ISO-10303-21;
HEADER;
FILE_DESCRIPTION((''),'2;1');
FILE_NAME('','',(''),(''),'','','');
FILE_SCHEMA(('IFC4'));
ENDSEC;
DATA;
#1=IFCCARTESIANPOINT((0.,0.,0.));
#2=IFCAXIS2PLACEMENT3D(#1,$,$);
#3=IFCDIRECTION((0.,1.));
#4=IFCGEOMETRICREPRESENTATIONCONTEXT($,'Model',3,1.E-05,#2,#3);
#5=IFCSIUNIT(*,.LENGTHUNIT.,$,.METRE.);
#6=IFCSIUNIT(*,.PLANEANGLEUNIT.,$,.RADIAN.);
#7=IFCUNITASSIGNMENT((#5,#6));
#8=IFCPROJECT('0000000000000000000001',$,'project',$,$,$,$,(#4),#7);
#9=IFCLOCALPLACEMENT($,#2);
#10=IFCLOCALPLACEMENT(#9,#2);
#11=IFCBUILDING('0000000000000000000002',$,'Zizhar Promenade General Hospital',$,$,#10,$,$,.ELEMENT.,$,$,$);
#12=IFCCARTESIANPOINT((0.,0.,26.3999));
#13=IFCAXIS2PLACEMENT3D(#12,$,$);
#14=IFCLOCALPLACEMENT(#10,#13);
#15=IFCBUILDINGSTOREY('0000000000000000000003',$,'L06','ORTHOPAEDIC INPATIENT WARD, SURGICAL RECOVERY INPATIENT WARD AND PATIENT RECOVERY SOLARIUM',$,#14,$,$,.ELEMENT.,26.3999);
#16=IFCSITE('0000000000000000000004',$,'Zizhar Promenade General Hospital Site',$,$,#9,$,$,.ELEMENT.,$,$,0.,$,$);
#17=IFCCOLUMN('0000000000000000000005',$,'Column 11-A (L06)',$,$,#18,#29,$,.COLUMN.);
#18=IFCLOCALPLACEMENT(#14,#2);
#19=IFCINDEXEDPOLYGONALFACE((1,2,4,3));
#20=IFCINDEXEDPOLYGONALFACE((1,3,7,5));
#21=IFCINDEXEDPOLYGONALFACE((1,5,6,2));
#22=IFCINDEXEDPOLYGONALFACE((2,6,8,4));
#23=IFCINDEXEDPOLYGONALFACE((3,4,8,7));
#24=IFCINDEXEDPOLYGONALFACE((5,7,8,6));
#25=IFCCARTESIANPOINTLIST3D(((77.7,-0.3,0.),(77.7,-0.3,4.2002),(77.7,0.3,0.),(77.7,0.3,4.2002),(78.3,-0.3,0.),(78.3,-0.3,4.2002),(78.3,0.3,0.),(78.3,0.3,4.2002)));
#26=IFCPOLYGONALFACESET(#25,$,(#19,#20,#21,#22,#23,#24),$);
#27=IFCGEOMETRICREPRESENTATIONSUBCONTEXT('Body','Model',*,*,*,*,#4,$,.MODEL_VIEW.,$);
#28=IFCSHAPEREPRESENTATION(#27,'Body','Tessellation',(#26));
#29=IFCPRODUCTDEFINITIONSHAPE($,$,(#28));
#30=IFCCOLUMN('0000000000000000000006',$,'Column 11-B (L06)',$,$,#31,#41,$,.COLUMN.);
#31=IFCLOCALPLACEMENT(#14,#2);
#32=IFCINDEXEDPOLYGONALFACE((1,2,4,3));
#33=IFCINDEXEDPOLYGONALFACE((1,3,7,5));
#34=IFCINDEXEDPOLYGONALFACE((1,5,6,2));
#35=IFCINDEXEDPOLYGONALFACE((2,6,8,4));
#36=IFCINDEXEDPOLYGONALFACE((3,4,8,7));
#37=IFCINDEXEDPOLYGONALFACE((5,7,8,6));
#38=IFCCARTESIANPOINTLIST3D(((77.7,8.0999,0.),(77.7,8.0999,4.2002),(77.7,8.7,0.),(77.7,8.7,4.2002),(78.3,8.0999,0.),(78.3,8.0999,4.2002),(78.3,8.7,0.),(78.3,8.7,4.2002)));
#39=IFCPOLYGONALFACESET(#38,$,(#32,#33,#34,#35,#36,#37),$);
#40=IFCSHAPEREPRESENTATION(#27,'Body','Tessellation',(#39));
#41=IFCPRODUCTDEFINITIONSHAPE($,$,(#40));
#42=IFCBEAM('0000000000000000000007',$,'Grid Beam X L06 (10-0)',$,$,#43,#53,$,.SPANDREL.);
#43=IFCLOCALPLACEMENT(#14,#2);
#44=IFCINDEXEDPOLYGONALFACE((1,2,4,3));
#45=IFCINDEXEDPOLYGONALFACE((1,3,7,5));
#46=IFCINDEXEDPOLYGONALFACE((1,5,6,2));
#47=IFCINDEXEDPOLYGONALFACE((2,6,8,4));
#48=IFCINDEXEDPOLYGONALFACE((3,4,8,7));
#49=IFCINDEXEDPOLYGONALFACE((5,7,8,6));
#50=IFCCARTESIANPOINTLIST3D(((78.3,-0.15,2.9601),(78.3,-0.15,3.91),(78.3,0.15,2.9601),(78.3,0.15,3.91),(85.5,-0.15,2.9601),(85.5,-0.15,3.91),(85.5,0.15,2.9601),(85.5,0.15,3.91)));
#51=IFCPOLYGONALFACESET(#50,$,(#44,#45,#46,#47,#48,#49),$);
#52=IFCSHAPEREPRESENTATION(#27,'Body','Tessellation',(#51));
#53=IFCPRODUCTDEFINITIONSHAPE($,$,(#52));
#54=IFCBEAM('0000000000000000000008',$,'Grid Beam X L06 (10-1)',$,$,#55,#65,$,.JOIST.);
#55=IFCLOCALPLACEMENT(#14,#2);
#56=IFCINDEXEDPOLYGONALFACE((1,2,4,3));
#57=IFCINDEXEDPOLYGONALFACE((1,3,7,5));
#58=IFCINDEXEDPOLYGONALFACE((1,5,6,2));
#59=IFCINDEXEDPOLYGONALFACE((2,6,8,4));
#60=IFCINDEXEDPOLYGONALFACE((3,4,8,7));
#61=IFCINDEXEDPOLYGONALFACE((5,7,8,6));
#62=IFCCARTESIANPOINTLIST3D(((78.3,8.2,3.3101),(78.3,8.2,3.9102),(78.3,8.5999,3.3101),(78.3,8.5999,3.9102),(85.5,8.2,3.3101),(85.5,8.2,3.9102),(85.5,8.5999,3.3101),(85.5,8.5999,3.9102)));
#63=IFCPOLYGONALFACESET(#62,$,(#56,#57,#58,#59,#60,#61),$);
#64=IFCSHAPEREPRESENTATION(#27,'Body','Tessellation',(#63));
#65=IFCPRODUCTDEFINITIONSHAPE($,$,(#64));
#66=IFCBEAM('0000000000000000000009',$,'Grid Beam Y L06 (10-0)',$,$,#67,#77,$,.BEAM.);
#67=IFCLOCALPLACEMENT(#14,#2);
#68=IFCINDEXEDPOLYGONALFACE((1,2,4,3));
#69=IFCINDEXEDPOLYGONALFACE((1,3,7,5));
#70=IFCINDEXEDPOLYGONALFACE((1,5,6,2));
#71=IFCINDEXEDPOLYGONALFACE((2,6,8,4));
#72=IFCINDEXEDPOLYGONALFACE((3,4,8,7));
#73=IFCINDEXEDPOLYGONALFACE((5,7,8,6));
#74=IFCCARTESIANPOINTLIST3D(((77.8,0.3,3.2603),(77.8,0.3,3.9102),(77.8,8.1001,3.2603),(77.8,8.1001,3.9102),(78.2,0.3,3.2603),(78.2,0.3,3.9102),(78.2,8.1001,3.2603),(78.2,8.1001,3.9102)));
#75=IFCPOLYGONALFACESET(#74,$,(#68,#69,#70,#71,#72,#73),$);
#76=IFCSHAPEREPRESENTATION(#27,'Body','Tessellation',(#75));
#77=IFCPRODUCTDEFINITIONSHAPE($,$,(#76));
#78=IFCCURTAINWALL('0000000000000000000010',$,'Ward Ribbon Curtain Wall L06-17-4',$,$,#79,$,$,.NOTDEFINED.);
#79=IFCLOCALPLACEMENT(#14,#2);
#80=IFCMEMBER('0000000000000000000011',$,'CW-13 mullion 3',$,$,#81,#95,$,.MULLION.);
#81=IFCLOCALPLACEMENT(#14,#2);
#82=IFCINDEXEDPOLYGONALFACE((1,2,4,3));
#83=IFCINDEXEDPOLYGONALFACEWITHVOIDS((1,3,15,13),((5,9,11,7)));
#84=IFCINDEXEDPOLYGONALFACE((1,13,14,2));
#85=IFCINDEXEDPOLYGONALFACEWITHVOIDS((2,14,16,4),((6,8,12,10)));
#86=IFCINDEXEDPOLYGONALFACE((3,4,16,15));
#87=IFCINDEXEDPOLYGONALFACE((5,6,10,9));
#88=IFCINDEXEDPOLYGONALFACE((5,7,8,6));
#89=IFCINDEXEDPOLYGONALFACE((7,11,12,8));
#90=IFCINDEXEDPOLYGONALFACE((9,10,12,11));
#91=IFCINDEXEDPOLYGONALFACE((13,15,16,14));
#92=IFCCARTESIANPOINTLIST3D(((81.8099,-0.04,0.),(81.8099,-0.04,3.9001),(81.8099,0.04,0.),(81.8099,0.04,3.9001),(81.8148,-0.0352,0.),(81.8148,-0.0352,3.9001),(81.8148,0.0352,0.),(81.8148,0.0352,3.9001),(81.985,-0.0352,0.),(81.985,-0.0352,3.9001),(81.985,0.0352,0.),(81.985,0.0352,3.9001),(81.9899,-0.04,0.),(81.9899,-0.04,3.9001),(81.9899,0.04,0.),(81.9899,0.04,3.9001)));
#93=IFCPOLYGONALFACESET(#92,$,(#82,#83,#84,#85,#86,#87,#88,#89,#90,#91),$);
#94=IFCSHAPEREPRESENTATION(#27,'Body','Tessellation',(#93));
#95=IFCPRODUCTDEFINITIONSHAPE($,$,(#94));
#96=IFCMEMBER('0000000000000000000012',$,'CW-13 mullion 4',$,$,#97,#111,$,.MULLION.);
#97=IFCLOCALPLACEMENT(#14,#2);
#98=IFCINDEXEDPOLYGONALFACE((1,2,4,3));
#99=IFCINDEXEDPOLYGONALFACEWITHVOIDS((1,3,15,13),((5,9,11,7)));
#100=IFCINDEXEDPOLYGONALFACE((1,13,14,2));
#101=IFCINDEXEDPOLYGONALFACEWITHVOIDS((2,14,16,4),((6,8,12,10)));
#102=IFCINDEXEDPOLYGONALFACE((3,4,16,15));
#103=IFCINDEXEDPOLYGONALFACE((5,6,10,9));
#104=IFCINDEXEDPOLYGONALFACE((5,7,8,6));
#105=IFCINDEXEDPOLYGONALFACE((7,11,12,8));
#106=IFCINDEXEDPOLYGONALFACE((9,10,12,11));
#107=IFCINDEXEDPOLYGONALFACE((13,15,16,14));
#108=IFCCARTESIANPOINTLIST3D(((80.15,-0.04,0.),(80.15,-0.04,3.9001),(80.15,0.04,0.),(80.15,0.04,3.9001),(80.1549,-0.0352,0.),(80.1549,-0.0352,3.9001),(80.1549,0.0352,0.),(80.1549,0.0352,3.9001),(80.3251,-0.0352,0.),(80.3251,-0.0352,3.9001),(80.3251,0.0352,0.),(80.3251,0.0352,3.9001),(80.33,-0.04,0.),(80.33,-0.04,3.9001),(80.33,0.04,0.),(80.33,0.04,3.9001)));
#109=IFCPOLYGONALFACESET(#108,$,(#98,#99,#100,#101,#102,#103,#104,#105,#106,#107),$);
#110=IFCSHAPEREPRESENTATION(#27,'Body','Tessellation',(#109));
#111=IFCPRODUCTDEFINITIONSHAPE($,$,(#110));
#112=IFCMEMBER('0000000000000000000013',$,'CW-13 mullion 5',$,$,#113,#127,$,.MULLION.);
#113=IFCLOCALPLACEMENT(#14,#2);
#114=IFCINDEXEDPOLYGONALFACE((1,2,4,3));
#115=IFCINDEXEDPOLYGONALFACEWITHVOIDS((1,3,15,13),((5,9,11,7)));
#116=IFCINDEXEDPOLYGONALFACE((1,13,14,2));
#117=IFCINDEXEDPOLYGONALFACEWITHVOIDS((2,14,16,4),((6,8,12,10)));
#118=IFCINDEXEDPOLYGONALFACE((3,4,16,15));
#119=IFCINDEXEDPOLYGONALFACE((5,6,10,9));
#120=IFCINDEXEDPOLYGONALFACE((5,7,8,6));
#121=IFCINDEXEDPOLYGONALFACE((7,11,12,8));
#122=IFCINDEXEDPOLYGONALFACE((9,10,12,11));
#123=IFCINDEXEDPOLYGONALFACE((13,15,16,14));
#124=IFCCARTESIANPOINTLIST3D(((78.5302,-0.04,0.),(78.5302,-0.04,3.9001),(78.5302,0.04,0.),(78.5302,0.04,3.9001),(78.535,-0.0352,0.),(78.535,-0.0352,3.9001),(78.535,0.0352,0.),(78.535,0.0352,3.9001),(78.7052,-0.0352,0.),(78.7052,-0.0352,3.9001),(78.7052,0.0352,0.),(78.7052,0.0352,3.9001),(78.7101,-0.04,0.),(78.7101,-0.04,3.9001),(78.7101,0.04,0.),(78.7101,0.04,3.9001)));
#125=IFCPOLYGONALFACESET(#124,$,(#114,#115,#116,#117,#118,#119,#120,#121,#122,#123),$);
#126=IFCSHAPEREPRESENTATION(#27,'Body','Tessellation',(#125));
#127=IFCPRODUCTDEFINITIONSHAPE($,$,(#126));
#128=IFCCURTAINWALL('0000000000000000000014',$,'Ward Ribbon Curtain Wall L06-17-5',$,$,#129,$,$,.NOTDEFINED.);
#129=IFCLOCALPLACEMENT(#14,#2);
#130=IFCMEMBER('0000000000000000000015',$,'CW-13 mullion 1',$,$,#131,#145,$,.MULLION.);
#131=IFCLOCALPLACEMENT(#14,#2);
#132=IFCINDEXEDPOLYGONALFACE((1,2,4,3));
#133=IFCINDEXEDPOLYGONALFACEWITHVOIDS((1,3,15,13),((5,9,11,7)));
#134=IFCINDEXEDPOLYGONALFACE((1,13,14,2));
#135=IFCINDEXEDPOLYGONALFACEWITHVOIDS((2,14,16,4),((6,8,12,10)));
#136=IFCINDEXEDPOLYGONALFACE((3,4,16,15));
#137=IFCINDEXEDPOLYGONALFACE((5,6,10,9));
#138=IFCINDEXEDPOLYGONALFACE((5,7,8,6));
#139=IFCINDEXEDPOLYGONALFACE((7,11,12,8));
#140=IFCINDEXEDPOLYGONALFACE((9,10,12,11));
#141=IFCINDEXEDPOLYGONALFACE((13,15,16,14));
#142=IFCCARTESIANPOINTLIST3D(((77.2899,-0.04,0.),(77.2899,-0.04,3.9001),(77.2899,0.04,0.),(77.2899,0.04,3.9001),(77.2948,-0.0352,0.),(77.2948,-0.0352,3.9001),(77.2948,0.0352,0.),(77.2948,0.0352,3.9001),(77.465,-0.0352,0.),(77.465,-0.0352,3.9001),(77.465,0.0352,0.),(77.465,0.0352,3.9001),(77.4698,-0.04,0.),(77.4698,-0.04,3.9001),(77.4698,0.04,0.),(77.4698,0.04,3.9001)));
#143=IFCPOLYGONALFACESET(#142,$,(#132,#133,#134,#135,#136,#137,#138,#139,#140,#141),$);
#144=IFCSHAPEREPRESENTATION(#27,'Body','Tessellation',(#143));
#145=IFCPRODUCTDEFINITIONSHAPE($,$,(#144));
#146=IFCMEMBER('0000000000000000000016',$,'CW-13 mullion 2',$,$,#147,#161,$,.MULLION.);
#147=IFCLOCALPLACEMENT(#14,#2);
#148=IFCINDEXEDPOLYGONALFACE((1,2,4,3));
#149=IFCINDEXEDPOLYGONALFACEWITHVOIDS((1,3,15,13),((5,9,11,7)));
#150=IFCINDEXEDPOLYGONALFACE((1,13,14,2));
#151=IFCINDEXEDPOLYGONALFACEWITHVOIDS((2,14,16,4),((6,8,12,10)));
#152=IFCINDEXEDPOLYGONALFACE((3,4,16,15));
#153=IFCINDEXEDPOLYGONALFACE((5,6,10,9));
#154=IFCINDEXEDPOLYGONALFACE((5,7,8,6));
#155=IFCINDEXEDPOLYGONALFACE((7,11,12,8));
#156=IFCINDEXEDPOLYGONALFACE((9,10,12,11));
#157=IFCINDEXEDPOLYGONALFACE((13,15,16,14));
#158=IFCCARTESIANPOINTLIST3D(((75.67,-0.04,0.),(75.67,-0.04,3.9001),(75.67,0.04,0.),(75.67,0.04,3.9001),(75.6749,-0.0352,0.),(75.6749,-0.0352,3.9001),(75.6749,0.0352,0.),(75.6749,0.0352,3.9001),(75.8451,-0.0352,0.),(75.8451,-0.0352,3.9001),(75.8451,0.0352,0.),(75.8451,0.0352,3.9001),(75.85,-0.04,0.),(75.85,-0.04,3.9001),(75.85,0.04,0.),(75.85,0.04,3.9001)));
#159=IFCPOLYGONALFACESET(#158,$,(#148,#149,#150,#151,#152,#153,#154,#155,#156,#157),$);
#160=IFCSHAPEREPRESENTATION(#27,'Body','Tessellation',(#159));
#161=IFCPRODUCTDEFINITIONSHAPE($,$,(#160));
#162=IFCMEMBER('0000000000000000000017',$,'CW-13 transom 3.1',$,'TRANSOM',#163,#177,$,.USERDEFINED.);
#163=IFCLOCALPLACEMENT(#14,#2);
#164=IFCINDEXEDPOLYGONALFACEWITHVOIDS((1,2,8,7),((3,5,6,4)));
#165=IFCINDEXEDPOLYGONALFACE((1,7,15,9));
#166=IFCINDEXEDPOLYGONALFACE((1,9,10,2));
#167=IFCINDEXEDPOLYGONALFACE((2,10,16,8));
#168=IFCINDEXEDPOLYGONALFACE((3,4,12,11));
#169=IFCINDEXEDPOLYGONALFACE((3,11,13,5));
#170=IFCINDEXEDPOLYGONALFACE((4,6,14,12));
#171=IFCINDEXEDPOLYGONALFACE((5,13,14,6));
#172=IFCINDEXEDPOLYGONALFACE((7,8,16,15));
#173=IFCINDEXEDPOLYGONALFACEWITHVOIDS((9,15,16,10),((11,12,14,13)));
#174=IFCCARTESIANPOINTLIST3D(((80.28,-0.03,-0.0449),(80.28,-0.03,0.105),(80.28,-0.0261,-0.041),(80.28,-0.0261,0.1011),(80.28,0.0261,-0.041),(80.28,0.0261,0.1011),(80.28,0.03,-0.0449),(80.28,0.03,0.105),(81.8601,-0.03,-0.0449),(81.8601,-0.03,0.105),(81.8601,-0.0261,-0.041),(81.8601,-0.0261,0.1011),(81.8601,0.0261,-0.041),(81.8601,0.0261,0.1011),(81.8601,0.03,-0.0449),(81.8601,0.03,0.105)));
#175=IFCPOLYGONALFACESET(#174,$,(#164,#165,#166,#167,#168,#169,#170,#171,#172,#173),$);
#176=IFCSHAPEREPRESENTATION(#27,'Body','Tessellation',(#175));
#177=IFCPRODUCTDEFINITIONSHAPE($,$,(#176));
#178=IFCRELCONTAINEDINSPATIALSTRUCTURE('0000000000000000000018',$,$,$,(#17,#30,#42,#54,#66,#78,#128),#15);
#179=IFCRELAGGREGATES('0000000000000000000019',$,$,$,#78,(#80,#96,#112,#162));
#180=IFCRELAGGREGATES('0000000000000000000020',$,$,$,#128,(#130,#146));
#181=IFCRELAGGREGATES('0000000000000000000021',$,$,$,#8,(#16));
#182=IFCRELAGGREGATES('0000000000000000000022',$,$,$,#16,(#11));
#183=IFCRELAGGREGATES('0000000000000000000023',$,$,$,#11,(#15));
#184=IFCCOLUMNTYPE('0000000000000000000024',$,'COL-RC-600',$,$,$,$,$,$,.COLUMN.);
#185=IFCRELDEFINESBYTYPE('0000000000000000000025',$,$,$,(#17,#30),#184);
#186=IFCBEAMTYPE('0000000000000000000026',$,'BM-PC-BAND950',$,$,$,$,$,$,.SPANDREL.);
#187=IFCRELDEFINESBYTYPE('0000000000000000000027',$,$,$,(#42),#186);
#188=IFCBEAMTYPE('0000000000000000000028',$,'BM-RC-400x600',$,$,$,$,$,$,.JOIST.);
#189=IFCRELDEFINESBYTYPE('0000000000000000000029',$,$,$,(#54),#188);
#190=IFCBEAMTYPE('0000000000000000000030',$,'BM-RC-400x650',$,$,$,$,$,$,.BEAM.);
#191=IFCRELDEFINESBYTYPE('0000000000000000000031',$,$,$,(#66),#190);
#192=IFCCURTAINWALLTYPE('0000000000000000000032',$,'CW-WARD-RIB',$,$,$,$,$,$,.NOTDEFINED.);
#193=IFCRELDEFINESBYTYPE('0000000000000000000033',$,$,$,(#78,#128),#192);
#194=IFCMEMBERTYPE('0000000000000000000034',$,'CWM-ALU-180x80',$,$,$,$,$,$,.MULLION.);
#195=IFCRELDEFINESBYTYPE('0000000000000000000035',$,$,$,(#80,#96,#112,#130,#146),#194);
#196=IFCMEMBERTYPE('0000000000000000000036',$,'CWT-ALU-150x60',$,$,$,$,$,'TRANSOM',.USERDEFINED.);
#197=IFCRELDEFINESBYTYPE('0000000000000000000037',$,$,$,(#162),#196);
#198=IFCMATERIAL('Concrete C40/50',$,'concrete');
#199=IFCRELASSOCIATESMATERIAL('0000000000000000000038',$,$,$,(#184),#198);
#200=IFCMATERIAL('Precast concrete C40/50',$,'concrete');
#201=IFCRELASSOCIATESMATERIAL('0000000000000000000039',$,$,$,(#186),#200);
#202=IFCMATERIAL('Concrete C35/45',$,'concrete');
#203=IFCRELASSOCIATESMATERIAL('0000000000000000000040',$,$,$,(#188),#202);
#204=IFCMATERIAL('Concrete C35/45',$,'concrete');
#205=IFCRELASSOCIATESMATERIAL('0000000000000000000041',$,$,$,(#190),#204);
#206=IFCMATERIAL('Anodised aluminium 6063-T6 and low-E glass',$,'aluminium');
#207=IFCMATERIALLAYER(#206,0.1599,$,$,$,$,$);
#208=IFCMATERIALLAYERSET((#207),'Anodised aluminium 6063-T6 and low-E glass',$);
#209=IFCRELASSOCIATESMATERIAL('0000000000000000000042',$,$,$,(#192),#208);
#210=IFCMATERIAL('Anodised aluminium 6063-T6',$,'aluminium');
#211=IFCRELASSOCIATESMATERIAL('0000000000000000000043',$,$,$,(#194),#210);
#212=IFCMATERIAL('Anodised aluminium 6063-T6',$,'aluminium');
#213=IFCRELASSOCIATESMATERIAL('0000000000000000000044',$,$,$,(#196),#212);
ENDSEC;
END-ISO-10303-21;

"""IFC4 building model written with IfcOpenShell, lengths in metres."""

from ifc_helpers import new_model, si_unit, direction, frame, origin, origin_2d, place, context, subcontext, project, spatial, rectangle, hollow_rectangle, extrude, material, layer, layer_set, material_profile, profile_set, type_object, element, aggregate, save


model = new_model("IFC4")

# Units and contexts
model_context = context("Model", 3, precision=1e-05, world=origin(), true_north=direction((0.0, 1.0)))
body_context = subcontext(model_context, "Body", "Model", "MODEL_VIEW")
ifc_project = project(units=[si_unit("LENGTHUNIT", "METRE"), si_unit("PLANEANGLEUNIT", "RADIAN")], contexts=[model_context])

# Site, building, storey
site_placement = place(None, origin())
site = spatial("IfcSite", under=ifc_project, at=site_placement, Name="Zizhar Promenade General Hospital Site", CompositionType="ELEMENT", RefElevation=0.0)
building_placement = place(site_placement, origin())
building = spatial("IfcBuilding", under=site, at=building_placement, Name="Zizhar Promenade General Hospital", CompositionType="ELEMENT")
storey_placement = place(building_placement, frame((0.0, 0.0, 26.3999)))
storey = spatial("IfcBuildingStorey", under=building, at=storey_placement, Name="L06", Description="ORTHOPAEDIC INPATIENT WARD, SURGICAL RECOVERY INPATIENT WARD AND PATIENT RECOVERY SOLARIUM", CompositionType="ELEMENT", Elevation=26.3999)

# Columns
ifc_material_1 = material(Name="Concrete C40/50", Category="concrete")
ifc_material_profile_1 = material_profile(ifc_material_1, rectangle(XDim=0.6001, YDim=0.6001, at=origin_2d()))
ifc_profile_set_1 = profile_set([ifc_material_profile_1], Name="Concrete C40/50")
column_type = type_object("IfcColumnType", Name="COL-RC-600", PredefinedType="COLUMN", material=ifc_profile_set_1)
for number, where, z_axis, x_axis, name in (
    (1, (78.0, 0.0, 0.0), (0.0, 0.0, 1.0), (1.0, 0.0, 0.0), "Column 11-A (L06)"),
    (2, (78.0, 8.3999, 0.0), (0.0, 0.0, 1.0), (1.0, 0.0, 0.0), "Column 11-B (L06)"),
):
    element("IfcColumn", number, at=place(storey_placement, frame(where, z_axis=z_axis, x_axis=x_axis)), inside=storey, type_object=column_type, Name=name, PredefinedType="COLUMN", context=body_context, shape_type="SweptSolid", body=[
        extrude(rectangle(XDim=0.6001, YDim=0.6001, at=origin_2d()), origin(), (0.0, 0.0, 1.0), 4.2002),
    ])

# Beams
ifc_material_2 = material(Name="Precast concrete C40/50", Category="concrete")
ifc_material_profile_2 = material_profile(ifc_material_2, rectangle(XDim=0.3, YDim=0.95, at=origin_2d()))
ifc_profile_set_2 = profile_set([ifc_material_profile_2], Name="Precast concrete C40/50")
beam_type_1 = type_object("IfcBeamType", Name="BM-PC-BAND950", PredefinedType="SPANDREL", material=ifc_profile_set_2)
beam_1_placement = place(storey_placement, frame((78.3, 0.0, 3.4351), z_axis=(1.0, 0.0, 0.0), x_axis=(0.0, 1.0, 0.0)))
element("IfcBeam", 3, at=beam_1_placement, inside=storey, type_object=beam_type_1, Name="Grid Beam X L06 (10-0)", PredefinedType="SPANDREL", context=body_context, shape_type="SweptSolid", body=[
    extrude(rectangle(XDim=0.3, YDim=0.95, at=origin_2d()), origin(), (0.0, 0.0, 1.0), 7.2),
])
ifc_material_3 = material(Name="Concrete C35/45", Category="concrete")
ifc_material_profile_3 = material_profile(ifc_material_3, rectangle(XDim=0.3999, YDim=0.6001, at=origin_2d()))
ifc_profile_set_3 = profile_set([ifc_material_profile_3], Name="Concrete C35/45")
beam_type_2 = type_object("IfcBeamType", Name="BM-RC-400x600", PredefinedType="JOIST", material=ifc_profile_set_3)
beam_2_placement = place(storey_placement, frame((78.3, 8.3999, 3.6101), z_axis=(1.0, 0.0, 0.0), x_axis=(0.0, 1.0, 0.0)))
element("IfcBeam", 4, at=beam_2_placement, inside=storey, type_object=beam_type_2, Name="Grid Beam X L06 (10-1)", PredefinedType="JOIST", context=body_context, shape_type="SweptSolid", body=[
    extrude(rectangle(XDim=0.3999, YDim=0.6001, at=origin_2d()), origin(), (0.0, 0.0, 1.0), 7.2),
])
ifc_material_4 = material(Name="Concrete C35/45", Category="concrete")
ifc_material_profile_4 = material_profile(ifc_material_4, rectangle(XDim=0.3999, YDim=0.6499, at=origin_2d()))
ifc_profile_set_4 = profile_set([ifc_material_profile_4], Name="Concrete C35/45")
beam_type_3 = type_object("IfcBeamType", Name="BM-RC-400x650", PredefinedType="BEAM", material=ifc_profile_set_4)
beam_3_placement = place(storey_placement, frame((78.0, 0.3, 3.5852), z_axis=(0.0, 1.0, 0.0), x_axis=(-1.0, 0.0, 0.0)))
element("IfcBeam", 5, at=beam_3_placement, inside=storey, type_object=beam_type_3, Name="Grid Beam Y L06 (10-0)", PredefinedType="BEAM", context=body_context, shape_type="SweptSolid", body=[
    extrude(rectangle(XDim=0.3999, YDim=0.6499, at=origin_2d()), origin(), (0.0, 0.0, 1.0), 7.8),
])

# Curtain walls, members
ifc_material_5 = material(Name="Anodised aluminium 6063-T6 and low-E glass", Category="aluminium")
ifc_layer_1 = layer(ifc_material_5, 0.1599)
ifc_layer_set_1 = layer_set([ifc_layer_1], Name="Anodised aluminium 6063-T6 and low-E glass")
curtain_wall_type = type_object("IfcCurtainWallType", Name="CW-WARD-RIB", PredefinedType="NOTDEFINED", material=ifc_layer_set_1)
curtain_wall_1_placement = place(storey_placement, origin())
curtain_wall_1 = element("IfcCurtainWall", 6, at=curtain_wall_1_placement, inside=storey, type_object=curtain_wall_type, Name="Ward Ribbon Curtain Wall L06-17-4", PredefinedType="NOTDEFINED")
ifc_material_6 = material(Name="Anodised aluminium 6063-T6", Category="aluminium")
ifc_material_profile_5 = material_profile(ifc_material_6, hollow_rectangle(XDim=0.0801, YDim=0.1799, WallThickness=0.0049, at=origin_2d()))
ifc_profile_set_5 = profile_set([ifc_material_profile_5], Name="Anodised aluminium 6063-T6")
member_type_1 = type_object("IfcMemberType", Name="CWM-ALU-180x80", PredefinedType="MULLION", material=ifc_profile_set_5)
member_1_placement = place(storey_placement, frame((81.8999, 0.0, 0.0), z_axis=(0.0, 0.0, 1.0), x_axis=(0.0, -1.0, 0.0)))
member_1 = element("IfcMember", 7, at=member_1_placement, type_object=member_type_1, Name="CW-13 mullion 3", PredefinedType="MULLION", context=body_context, shape_type="SweptSolid", body=[
    extrude(hollow_rectangle(XDim=0.0801, YDim=0.1799, WallThickness=0.0049, at=origin_2d()), origin(), (0.0, 0.0, 1.0), 3.9001),
])
member_2_placement = place(storey_placement, frame((80.24, 0.0, 0.0), z_axis=(0.0, 0.0, 1.0), x_axis=(0.0, -1.0, 0.0)))
member_2 = element("IfcMember", 8, at=member_2_placement, type_object=member_type_1, Name="CW-13 mullion 4", PredefinedType="MULLION", context=body_context, shape_type="SweptSolid", body=[
    extrude(hollow_rectangle(XDim=0.0801, YDim=0.1799, WallThickness=0.0049, at=origin_2d()), origin(), (0.0, 0.0, 1.0), 3.9001),
])
member_3_placement = place(storey_placement, frame((78.6201, 0.0, 0.0), z_axis=(0.0, 0.0, 1.0), x_axis=(0.0, -1.0, 0.0)))
member_3 = element("IfcMember", 9, at=member_3_placement, type_object=member_type_1, Name="CW-13 mullion 5", PredefinedType="MULLION", context=body_context, shape_type="SweptSolid", body=[
    extrude(hollow_rectangle(XDim=0.0801, YDim=0.1799, WallThickness=0.0049, at=origin_2d()), origin(), (0.0, 0.0, 1.0), 3.9001),
])
curtain_wall_2_placement = place(storey_placement, origin())
curtain_wall_2 = element("IfcCurtainWall", 10, at=curtain_wall_2_placement, inside=storey, type_object=curtain_wall_type, Name="Ward Ribbon Curtain Wall L06-17-5", PredefinedType="NOTDEFINED")
member_4_placement = place(storey_placement, frame((77.3799, 0.0, 0.0), z_axis=(0.0, 0.0, 1.0), x_axis=(0.0, -1.0, 0.0)))
member_4 = element("IfcMember", 11, at=member_4_placement, type_object=member_type_1, Name="CW-13 mullion 1", PredefinedType="MULLION", context=body_context, shape_type="SweptSolid", body=[
    extrude(hollow_rectangle(XDim=0.0801, YDim=0.1799, WallThickness=0.0049, at=origin_2d()), origin(), (0.0, 0.0, 1.0), 3.9001),
])
member_5_placement = place(storey_placement, frame((75.76, 0.0, 0.0), z_axis=(0.0, 0.0, 1.0), x_axis=(0.0, -1.0, 0.0)))
member_5 = element("IfcMember", 12, at=member_5_placement, type_object=member_type_1, Name="CW-13 mullion 2", PredefinedType="MULLION", context=body_context, shape_type="SweptSolid", body=[
    extrude(hollow_rectangle(XDim=0.0801, YDim=0.1799, WallThickness=0.0049, at=origin_2d()), origin(), (0.0, 0.0, 1.0), 3.9001),
])

# Member
ifc_material_7 = material(Name="Anodised aluminium 6063-T6", Category="aluminium")
ifc_material_profile_6 = material_profile(ifc_material_7, hollow_rectangle(XDim=0.0601, YDim=0.1499, WallThickness=0.0039, at=origin_2d()))
ifc_profile_set_6 = profile_set([ifc_material_profile_6], Name="Anodised aluminium 6063-T6")
member_type_2 = type_object("IfcMemberType", Name="CWT-ALU-150x60", ElementType="TRANSOM", PredefinedType="USERDEFINED", material=ifc_profile_set_6)
member_6_placement = place(storey_placement, frame((81.8601, 0.0, 0.03), z_axis=(-1.0, 0.0, 0.0), x_axis=(0.0, -1.0, 0.0)))
member_6 = element("IfcMember", 13, at=member_6_placement, type_object=member_type_2, Name="CW-13 transom 3.1", ObjectType="TRANSOM", PredefinedType="USERDEFINED", context=body_context, shape_type="SweptSolid", body=[
    extrude(hollow_rectangle(XDim=0.0601, YDim=0.1499, WallThickness=0.0039, at=origin_2d()), origin(), (0.0, 0.0, 1.0), 1.5801),
])

aggregate(curtain_wall_1, [member_1, member_2, member_3, member_6])
aggregate(curtain_wall_2, [member_4, member_5])

save(model, "model.ifc")
